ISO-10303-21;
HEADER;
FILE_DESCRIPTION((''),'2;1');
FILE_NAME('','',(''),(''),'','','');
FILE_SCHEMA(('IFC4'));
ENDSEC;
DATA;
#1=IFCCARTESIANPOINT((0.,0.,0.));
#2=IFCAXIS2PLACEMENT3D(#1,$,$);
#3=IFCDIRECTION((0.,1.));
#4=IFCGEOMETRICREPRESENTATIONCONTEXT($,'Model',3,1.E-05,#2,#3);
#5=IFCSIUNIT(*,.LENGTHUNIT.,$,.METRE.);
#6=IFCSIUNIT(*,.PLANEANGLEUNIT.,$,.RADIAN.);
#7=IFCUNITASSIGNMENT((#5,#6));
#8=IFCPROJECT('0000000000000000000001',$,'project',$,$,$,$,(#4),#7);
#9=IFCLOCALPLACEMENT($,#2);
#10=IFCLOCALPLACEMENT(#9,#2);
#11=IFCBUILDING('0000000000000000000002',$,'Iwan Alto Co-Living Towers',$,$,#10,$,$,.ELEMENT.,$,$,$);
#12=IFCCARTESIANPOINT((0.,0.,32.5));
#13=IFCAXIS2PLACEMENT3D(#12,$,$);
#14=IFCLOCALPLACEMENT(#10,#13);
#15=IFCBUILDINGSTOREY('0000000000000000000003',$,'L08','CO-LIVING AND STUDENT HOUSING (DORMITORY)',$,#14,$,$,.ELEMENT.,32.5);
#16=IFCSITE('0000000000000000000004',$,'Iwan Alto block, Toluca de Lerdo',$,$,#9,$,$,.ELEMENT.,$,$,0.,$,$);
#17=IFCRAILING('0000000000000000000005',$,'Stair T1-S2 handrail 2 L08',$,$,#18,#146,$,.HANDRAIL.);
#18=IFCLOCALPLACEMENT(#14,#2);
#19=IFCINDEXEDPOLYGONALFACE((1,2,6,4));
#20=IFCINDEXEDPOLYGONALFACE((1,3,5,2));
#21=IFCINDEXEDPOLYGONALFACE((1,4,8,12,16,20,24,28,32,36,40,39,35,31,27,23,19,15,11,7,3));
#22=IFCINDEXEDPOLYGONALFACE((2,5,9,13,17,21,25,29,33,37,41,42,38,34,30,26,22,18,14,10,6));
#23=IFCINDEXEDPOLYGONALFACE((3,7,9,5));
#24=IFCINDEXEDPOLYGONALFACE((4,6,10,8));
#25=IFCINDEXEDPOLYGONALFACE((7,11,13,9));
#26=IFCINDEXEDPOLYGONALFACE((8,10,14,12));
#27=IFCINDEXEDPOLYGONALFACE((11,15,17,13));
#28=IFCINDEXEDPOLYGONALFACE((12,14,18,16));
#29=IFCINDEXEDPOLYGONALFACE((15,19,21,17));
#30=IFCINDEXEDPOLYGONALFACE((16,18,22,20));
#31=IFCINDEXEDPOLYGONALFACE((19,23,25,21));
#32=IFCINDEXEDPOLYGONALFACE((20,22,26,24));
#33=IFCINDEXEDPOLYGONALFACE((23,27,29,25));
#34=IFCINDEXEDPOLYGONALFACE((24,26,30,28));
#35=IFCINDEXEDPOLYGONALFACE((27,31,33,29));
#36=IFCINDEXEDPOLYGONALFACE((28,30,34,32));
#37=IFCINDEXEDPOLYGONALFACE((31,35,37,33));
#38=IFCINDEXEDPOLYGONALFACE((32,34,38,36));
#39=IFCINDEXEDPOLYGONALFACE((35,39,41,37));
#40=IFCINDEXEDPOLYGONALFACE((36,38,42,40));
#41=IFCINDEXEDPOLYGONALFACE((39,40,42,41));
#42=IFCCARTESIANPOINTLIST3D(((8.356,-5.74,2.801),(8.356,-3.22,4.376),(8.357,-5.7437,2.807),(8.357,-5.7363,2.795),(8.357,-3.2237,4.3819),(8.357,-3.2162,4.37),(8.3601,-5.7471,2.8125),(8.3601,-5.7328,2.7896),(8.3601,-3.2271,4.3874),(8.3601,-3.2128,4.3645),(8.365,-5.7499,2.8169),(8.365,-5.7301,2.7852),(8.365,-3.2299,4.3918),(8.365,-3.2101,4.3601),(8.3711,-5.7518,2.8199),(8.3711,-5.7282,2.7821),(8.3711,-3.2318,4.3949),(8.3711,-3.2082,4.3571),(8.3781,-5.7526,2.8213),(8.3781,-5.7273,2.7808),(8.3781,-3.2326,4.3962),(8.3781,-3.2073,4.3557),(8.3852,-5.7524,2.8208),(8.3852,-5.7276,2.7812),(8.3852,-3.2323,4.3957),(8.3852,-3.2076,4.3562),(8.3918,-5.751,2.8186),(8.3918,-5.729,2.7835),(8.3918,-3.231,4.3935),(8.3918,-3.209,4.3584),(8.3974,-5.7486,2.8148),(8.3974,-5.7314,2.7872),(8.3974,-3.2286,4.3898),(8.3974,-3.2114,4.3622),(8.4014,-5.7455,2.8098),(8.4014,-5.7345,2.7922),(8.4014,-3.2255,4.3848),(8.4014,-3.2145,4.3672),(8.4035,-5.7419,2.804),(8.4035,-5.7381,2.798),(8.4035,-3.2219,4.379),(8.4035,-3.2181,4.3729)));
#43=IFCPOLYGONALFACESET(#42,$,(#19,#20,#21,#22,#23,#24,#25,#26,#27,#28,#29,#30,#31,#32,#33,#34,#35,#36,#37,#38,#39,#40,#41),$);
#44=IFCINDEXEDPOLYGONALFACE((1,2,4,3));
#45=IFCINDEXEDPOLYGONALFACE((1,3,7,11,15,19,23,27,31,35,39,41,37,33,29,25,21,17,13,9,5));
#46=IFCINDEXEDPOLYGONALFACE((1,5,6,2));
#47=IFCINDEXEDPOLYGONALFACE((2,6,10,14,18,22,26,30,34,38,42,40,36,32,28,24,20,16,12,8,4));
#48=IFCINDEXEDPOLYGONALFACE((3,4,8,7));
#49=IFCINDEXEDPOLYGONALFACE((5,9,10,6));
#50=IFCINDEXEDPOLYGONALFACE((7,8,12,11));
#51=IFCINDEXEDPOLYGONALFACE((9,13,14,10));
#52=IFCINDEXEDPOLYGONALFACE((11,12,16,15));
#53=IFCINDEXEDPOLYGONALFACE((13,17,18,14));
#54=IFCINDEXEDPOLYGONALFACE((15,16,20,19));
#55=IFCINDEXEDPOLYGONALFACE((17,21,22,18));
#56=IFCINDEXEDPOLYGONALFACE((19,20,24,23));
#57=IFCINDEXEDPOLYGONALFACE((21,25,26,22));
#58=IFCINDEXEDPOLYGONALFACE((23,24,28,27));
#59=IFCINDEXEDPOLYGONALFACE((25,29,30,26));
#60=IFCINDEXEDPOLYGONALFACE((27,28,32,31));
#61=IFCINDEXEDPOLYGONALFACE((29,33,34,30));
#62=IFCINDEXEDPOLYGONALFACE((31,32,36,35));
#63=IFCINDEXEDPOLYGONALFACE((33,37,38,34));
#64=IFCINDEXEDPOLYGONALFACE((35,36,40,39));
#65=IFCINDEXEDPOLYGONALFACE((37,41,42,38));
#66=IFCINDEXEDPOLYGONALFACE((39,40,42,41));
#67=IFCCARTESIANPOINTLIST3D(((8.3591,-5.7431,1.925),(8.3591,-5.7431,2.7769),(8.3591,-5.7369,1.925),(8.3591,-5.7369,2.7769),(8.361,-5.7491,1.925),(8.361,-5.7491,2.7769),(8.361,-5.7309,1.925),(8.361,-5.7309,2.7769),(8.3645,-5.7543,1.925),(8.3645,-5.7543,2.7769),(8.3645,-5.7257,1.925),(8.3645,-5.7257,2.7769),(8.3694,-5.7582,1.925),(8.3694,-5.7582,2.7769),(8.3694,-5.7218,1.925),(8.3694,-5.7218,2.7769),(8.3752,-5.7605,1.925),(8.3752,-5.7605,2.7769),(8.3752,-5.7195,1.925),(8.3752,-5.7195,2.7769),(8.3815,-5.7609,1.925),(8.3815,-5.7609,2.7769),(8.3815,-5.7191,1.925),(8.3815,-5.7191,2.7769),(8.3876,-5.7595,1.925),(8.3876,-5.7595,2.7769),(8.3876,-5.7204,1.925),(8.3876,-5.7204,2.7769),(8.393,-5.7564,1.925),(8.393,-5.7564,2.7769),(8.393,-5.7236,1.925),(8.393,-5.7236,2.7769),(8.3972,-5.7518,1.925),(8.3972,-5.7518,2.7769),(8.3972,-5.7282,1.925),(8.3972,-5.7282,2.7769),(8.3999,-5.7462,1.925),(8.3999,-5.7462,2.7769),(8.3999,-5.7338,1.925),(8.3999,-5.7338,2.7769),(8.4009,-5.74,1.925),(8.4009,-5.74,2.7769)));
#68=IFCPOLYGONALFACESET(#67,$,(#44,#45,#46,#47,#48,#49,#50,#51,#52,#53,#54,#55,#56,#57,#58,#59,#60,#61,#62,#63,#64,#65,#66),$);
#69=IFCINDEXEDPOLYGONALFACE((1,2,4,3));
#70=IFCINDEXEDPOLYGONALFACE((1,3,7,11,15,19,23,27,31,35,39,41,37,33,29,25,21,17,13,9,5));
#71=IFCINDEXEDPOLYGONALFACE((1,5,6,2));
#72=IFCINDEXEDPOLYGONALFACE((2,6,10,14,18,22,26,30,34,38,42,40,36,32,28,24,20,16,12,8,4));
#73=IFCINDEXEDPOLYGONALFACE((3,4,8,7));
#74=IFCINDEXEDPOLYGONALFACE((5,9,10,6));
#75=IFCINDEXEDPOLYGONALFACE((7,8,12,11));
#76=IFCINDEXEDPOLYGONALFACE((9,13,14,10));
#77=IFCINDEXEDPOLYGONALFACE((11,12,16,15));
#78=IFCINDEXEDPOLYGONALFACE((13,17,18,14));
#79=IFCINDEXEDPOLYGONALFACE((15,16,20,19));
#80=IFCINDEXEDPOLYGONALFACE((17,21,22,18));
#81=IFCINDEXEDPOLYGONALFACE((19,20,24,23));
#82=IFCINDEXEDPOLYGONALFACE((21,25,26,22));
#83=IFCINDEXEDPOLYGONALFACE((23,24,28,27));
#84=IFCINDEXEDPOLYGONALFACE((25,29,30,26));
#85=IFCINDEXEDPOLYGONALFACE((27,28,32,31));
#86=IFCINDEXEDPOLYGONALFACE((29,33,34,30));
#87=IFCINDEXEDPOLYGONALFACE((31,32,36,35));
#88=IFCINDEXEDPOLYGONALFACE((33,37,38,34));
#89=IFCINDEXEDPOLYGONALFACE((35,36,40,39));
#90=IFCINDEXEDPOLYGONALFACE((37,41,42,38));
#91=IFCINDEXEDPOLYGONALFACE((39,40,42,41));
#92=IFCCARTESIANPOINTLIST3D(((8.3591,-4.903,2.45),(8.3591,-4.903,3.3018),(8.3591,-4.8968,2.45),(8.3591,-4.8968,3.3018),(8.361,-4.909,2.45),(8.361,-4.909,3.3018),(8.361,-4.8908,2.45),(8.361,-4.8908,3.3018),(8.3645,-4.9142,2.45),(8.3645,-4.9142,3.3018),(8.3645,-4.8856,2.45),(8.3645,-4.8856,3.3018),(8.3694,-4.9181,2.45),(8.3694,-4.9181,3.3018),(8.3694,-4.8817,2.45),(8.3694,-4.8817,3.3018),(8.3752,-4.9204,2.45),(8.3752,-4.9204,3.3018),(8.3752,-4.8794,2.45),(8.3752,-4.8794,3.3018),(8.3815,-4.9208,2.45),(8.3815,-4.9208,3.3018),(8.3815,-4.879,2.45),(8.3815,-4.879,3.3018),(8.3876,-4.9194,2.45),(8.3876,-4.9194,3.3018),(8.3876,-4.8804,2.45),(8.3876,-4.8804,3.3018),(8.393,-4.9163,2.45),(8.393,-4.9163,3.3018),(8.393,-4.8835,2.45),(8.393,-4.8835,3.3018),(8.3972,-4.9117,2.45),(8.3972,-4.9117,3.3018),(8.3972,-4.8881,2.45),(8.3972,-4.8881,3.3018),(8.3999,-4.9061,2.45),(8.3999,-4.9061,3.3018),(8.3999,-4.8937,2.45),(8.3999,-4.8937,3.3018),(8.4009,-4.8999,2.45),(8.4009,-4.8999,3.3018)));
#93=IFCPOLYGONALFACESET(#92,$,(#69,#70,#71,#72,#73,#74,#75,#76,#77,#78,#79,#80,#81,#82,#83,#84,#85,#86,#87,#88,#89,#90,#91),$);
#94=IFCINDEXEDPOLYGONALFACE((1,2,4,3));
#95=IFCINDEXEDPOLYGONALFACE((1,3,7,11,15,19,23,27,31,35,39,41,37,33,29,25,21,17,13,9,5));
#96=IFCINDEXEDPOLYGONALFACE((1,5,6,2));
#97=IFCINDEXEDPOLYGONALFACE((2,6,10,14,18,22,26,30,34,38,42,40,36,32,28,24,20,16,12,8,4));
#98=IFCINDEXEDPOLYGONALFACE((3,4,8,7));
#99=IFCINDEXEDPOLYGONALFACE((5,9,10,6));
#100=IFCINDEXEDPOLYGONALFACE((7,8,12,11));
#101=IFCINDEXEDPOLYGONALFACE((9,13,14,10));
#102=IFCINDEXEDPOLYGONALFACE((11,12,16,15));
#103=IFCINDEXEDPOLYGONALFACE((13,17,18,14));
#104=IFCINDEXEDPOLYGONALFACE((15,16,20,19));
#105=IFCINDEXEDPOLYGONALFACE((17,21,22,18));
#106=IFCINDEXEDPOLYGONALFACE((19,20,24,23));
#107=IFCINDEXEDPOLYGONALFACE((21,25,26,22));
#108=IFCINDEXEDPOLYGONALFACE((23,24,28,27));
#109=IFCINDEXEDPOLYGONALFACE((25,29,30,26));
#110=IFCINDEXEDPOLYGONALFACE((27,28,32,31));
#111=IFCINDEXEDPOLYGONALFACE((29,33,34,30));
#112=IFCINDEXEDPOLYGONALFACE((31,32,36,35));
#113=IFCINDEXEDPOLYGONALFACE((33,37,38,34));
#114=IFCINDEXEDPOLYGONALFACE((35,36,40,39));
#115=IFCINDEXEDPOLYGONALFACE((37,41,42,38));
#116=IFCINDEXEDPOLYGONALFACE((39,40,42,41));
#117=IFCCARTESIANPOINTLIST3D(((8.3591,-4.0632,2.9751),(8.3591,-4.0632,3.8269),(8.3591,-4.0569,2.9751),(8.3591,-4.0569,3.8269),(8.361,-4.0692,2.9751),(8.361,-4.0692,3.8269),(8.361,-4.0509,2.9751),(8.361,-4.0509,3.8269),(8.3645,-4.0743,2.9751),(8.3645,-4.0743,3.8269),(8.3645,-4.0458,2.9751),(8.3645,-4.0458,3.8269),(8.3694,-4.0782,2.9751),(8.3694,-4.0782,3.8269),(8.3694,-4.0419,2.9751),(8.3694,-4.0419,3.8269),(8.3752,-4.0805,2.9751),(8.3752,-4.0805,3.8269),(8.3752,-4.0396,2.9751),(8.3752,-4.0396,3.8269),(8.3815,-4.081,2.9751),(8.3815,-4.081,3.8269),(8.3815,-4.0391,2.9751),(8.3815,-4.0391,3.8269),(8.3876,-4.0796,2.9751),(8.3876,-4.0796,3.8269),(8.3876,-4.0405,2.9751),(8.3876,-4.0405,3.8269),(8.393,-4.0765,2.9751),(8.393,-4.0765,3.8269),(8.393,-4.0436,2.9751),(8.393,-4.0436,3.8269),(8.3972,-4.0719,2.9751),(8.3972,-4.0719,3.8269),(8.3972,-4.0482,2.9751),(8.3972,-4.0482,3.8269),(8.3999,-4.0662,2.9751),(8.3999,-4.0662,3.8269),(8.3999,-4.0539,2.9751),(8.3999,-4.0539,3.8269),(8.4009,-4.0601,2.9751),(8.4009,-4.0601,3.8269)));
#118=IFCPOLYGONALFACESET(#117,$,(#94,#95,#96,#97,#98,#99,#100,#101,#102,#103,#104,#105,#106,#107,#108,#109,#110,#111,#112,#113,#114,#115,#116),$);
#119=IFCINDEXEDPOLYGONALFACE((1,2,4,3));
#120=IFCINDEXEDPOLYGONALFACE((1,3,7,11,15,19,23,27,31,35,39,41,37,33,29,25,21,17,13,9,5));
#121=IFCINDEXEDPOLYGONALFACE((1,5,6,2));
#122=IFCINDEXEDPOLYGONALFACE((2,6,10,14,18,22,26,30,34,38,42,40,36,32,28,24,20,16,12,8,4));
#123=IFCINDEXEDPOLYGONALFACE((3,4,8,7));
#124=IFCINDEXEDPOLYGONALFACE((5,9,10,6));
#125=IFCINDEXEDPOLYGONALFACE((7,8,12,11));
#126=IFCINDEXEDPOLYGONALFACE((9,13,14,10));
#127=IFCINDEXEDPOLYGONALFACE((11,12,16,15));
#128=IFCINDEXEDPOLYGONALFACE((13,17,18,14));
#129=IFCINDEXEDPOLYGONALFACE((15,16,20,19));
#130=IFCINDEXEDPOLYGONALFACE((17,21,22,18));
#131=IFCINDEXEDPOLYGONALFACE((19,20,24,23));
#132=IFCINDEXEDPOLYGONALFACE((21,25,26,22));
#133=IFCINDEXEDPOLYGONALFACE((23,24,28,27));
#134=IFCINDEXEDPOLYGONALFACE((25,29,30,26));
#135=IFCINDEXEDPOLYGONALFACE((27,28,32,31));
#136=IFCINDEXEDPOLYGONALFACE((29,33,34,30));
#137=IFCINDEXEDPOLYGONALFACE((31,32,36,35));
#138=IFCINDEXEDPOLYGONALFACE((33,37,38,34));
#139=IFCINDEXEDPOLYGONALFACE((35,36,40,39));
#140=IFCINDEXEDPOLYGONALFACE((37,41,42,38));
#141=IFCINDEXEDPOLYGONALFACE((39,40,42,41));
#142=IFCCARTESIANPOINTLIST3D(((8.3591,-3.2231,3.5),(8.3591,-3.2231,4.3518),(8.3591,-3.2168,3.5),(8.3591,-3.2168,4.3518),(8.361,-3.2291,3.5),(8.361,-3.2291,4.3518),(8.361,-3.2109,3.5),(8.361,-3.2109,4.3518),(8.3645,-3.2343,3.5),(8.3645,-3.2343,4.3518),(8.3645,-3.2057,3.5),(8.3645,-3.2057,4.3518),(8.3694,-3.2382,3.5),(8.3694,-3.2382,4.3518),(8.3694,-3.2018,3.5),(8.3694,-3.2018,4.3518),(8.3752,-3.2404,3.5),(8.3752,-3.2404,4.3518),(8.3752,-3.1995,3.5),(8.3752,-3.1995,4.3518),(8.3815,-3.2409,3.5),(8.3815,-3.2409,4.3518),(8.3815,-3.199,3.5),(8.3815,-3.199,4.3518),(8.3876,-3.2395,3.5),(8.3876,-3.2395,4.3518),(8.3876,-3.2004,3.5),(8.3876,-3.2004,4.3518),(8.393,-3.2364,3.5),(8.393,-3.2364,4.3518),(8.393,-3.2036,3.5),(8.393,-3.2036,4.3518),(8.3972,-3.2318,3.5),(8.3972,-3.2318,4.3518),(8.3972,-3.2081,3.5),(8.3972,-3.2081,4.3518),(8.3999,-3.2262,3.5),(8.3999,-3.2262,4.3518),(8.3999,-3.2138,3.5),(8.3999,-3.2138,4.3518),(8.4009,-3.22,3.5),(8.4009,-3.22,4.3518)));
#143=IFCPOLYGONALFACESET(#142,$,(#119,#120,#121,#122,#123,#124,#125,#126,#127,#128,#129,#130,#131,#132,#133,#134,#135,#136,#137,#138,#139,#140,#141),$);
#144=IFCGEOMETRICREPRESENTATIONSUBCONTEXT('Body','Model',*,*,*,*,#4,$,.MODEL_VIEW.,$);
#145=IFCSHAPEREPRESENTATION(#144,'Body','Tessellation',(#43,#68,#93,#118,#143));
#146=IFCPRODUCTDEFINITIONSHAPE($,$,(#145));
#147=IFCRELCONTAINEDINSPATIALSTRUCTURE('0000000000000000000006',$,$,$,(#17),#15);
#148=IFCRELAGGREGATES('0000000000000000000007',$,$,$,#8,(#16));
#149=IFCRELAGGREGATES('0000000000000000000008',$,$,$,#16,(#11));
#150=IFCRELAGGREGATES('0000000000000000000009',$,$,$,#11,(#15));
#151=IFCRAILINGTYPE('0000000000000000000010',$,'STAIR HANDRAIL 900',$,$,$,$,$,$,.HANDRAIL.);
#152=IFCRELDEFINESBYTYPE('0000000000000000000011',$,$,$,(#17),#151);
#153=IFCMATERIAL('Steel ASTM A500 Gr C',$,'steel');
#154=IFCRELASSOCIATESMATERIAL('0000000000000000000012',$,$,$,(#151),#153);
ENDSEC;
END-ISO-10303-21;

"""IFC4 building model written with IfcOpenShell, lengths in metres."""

from ifc_helpers import new_model, si_unit, direction, frame, origin, origin_2d, place, context, subcontext, project, spatial, circle, extrude, material, type_object, element, save


model = new_model("IFC4")

# Units and contexts
model_context = context("Model", 3, precision=1e-05, world=origin(), true_north=direction((0.0, 1.0)))
body_context = subcontext(model_context, "Body", "Model", "MODEL_VIEW")
ifc_project = project(units=[si_unit("LENGTHUNIT", "METRE"), si_unit("PLANEANGLEUNIT", "RADIAN")], contexts=[model_context])

# Site, building, storey
site_placement = place(None, origin())
site = spatial("IfcSite", under=ifc_project, at=site_placement, Name="Iwan Alto block, Toluca de Lerdo", CompositionType="ELEMENT", RefElevation=0.0)
building_placement = place(site_placement, origin())
building = spatial("IfcBuilding", under=site, at=building_placement, Name="Iwan Alto Co-Living Towers", CompositionType="ELEMENT")
storey_placement = place(building_placement, frame((0.0, 0.0, 32.5)))
storey = spatial("IfcBuildingStorey", under=building, at=storey_placement, Name="L08", Description="CO-LIVING AND STUDENT HOUSING (DORMITORY)", CompositionType="ELEMENT", Elevation=32.5)

# Railing
ifc_material_1 = material(Name="Steel ASTM A500 Gr C", Category="steel")
railing_type_1 = type_object("IfcRailingType", Name="STAIR HANDRAIL 900", PredefinedType="HANDRAIL", material=ifc_material_1)
railing_1_placement = place(storey_placement, frame((8.3799, -5.74, 1.925)))
element("IfcRailing", 1, at=railing_1_placement, inside=storey, type_object=railing_type_1, Name="Stair T1-S2 handrail 2 L08", PredefinedType="HANDRAIL", context=body_context, shape_type="SweptSolid", body=[
    extrude(circle(Radius=0.0239, at=origin_2d()), frame((0.0, 0.0, 0.876), z_axis=(0.0, 0.848008, 0.529984), x_axis=(-1.0, 0.0, 0.0)), (0.0, 0.0, 1.0), 2.9717),
    extrude(circle(Radius=0.021, at=origin_2d()), origin(), (0.0, 0.0, 1.0), 0.8518),
    extrude(circle(Radius=0.021, at=origin_2d()), frame((0.0, 0.8401, 0.5249)), (0.0, 0.0, 1.0), 0.8518),
    extrude(circle(Radius=0.021, at=origin_2d()), frame((0.0, 1.6799, 1.05)), (0.0, 0.0, 1.0), 0.8518),
    extrude(circle(Radius=0.021, at=origin_2d()), frame((0.0, 2.52, 1.575)), (0.0, 0.0, 1.0), 0.8518),
])

save(model, "model.ifc")
